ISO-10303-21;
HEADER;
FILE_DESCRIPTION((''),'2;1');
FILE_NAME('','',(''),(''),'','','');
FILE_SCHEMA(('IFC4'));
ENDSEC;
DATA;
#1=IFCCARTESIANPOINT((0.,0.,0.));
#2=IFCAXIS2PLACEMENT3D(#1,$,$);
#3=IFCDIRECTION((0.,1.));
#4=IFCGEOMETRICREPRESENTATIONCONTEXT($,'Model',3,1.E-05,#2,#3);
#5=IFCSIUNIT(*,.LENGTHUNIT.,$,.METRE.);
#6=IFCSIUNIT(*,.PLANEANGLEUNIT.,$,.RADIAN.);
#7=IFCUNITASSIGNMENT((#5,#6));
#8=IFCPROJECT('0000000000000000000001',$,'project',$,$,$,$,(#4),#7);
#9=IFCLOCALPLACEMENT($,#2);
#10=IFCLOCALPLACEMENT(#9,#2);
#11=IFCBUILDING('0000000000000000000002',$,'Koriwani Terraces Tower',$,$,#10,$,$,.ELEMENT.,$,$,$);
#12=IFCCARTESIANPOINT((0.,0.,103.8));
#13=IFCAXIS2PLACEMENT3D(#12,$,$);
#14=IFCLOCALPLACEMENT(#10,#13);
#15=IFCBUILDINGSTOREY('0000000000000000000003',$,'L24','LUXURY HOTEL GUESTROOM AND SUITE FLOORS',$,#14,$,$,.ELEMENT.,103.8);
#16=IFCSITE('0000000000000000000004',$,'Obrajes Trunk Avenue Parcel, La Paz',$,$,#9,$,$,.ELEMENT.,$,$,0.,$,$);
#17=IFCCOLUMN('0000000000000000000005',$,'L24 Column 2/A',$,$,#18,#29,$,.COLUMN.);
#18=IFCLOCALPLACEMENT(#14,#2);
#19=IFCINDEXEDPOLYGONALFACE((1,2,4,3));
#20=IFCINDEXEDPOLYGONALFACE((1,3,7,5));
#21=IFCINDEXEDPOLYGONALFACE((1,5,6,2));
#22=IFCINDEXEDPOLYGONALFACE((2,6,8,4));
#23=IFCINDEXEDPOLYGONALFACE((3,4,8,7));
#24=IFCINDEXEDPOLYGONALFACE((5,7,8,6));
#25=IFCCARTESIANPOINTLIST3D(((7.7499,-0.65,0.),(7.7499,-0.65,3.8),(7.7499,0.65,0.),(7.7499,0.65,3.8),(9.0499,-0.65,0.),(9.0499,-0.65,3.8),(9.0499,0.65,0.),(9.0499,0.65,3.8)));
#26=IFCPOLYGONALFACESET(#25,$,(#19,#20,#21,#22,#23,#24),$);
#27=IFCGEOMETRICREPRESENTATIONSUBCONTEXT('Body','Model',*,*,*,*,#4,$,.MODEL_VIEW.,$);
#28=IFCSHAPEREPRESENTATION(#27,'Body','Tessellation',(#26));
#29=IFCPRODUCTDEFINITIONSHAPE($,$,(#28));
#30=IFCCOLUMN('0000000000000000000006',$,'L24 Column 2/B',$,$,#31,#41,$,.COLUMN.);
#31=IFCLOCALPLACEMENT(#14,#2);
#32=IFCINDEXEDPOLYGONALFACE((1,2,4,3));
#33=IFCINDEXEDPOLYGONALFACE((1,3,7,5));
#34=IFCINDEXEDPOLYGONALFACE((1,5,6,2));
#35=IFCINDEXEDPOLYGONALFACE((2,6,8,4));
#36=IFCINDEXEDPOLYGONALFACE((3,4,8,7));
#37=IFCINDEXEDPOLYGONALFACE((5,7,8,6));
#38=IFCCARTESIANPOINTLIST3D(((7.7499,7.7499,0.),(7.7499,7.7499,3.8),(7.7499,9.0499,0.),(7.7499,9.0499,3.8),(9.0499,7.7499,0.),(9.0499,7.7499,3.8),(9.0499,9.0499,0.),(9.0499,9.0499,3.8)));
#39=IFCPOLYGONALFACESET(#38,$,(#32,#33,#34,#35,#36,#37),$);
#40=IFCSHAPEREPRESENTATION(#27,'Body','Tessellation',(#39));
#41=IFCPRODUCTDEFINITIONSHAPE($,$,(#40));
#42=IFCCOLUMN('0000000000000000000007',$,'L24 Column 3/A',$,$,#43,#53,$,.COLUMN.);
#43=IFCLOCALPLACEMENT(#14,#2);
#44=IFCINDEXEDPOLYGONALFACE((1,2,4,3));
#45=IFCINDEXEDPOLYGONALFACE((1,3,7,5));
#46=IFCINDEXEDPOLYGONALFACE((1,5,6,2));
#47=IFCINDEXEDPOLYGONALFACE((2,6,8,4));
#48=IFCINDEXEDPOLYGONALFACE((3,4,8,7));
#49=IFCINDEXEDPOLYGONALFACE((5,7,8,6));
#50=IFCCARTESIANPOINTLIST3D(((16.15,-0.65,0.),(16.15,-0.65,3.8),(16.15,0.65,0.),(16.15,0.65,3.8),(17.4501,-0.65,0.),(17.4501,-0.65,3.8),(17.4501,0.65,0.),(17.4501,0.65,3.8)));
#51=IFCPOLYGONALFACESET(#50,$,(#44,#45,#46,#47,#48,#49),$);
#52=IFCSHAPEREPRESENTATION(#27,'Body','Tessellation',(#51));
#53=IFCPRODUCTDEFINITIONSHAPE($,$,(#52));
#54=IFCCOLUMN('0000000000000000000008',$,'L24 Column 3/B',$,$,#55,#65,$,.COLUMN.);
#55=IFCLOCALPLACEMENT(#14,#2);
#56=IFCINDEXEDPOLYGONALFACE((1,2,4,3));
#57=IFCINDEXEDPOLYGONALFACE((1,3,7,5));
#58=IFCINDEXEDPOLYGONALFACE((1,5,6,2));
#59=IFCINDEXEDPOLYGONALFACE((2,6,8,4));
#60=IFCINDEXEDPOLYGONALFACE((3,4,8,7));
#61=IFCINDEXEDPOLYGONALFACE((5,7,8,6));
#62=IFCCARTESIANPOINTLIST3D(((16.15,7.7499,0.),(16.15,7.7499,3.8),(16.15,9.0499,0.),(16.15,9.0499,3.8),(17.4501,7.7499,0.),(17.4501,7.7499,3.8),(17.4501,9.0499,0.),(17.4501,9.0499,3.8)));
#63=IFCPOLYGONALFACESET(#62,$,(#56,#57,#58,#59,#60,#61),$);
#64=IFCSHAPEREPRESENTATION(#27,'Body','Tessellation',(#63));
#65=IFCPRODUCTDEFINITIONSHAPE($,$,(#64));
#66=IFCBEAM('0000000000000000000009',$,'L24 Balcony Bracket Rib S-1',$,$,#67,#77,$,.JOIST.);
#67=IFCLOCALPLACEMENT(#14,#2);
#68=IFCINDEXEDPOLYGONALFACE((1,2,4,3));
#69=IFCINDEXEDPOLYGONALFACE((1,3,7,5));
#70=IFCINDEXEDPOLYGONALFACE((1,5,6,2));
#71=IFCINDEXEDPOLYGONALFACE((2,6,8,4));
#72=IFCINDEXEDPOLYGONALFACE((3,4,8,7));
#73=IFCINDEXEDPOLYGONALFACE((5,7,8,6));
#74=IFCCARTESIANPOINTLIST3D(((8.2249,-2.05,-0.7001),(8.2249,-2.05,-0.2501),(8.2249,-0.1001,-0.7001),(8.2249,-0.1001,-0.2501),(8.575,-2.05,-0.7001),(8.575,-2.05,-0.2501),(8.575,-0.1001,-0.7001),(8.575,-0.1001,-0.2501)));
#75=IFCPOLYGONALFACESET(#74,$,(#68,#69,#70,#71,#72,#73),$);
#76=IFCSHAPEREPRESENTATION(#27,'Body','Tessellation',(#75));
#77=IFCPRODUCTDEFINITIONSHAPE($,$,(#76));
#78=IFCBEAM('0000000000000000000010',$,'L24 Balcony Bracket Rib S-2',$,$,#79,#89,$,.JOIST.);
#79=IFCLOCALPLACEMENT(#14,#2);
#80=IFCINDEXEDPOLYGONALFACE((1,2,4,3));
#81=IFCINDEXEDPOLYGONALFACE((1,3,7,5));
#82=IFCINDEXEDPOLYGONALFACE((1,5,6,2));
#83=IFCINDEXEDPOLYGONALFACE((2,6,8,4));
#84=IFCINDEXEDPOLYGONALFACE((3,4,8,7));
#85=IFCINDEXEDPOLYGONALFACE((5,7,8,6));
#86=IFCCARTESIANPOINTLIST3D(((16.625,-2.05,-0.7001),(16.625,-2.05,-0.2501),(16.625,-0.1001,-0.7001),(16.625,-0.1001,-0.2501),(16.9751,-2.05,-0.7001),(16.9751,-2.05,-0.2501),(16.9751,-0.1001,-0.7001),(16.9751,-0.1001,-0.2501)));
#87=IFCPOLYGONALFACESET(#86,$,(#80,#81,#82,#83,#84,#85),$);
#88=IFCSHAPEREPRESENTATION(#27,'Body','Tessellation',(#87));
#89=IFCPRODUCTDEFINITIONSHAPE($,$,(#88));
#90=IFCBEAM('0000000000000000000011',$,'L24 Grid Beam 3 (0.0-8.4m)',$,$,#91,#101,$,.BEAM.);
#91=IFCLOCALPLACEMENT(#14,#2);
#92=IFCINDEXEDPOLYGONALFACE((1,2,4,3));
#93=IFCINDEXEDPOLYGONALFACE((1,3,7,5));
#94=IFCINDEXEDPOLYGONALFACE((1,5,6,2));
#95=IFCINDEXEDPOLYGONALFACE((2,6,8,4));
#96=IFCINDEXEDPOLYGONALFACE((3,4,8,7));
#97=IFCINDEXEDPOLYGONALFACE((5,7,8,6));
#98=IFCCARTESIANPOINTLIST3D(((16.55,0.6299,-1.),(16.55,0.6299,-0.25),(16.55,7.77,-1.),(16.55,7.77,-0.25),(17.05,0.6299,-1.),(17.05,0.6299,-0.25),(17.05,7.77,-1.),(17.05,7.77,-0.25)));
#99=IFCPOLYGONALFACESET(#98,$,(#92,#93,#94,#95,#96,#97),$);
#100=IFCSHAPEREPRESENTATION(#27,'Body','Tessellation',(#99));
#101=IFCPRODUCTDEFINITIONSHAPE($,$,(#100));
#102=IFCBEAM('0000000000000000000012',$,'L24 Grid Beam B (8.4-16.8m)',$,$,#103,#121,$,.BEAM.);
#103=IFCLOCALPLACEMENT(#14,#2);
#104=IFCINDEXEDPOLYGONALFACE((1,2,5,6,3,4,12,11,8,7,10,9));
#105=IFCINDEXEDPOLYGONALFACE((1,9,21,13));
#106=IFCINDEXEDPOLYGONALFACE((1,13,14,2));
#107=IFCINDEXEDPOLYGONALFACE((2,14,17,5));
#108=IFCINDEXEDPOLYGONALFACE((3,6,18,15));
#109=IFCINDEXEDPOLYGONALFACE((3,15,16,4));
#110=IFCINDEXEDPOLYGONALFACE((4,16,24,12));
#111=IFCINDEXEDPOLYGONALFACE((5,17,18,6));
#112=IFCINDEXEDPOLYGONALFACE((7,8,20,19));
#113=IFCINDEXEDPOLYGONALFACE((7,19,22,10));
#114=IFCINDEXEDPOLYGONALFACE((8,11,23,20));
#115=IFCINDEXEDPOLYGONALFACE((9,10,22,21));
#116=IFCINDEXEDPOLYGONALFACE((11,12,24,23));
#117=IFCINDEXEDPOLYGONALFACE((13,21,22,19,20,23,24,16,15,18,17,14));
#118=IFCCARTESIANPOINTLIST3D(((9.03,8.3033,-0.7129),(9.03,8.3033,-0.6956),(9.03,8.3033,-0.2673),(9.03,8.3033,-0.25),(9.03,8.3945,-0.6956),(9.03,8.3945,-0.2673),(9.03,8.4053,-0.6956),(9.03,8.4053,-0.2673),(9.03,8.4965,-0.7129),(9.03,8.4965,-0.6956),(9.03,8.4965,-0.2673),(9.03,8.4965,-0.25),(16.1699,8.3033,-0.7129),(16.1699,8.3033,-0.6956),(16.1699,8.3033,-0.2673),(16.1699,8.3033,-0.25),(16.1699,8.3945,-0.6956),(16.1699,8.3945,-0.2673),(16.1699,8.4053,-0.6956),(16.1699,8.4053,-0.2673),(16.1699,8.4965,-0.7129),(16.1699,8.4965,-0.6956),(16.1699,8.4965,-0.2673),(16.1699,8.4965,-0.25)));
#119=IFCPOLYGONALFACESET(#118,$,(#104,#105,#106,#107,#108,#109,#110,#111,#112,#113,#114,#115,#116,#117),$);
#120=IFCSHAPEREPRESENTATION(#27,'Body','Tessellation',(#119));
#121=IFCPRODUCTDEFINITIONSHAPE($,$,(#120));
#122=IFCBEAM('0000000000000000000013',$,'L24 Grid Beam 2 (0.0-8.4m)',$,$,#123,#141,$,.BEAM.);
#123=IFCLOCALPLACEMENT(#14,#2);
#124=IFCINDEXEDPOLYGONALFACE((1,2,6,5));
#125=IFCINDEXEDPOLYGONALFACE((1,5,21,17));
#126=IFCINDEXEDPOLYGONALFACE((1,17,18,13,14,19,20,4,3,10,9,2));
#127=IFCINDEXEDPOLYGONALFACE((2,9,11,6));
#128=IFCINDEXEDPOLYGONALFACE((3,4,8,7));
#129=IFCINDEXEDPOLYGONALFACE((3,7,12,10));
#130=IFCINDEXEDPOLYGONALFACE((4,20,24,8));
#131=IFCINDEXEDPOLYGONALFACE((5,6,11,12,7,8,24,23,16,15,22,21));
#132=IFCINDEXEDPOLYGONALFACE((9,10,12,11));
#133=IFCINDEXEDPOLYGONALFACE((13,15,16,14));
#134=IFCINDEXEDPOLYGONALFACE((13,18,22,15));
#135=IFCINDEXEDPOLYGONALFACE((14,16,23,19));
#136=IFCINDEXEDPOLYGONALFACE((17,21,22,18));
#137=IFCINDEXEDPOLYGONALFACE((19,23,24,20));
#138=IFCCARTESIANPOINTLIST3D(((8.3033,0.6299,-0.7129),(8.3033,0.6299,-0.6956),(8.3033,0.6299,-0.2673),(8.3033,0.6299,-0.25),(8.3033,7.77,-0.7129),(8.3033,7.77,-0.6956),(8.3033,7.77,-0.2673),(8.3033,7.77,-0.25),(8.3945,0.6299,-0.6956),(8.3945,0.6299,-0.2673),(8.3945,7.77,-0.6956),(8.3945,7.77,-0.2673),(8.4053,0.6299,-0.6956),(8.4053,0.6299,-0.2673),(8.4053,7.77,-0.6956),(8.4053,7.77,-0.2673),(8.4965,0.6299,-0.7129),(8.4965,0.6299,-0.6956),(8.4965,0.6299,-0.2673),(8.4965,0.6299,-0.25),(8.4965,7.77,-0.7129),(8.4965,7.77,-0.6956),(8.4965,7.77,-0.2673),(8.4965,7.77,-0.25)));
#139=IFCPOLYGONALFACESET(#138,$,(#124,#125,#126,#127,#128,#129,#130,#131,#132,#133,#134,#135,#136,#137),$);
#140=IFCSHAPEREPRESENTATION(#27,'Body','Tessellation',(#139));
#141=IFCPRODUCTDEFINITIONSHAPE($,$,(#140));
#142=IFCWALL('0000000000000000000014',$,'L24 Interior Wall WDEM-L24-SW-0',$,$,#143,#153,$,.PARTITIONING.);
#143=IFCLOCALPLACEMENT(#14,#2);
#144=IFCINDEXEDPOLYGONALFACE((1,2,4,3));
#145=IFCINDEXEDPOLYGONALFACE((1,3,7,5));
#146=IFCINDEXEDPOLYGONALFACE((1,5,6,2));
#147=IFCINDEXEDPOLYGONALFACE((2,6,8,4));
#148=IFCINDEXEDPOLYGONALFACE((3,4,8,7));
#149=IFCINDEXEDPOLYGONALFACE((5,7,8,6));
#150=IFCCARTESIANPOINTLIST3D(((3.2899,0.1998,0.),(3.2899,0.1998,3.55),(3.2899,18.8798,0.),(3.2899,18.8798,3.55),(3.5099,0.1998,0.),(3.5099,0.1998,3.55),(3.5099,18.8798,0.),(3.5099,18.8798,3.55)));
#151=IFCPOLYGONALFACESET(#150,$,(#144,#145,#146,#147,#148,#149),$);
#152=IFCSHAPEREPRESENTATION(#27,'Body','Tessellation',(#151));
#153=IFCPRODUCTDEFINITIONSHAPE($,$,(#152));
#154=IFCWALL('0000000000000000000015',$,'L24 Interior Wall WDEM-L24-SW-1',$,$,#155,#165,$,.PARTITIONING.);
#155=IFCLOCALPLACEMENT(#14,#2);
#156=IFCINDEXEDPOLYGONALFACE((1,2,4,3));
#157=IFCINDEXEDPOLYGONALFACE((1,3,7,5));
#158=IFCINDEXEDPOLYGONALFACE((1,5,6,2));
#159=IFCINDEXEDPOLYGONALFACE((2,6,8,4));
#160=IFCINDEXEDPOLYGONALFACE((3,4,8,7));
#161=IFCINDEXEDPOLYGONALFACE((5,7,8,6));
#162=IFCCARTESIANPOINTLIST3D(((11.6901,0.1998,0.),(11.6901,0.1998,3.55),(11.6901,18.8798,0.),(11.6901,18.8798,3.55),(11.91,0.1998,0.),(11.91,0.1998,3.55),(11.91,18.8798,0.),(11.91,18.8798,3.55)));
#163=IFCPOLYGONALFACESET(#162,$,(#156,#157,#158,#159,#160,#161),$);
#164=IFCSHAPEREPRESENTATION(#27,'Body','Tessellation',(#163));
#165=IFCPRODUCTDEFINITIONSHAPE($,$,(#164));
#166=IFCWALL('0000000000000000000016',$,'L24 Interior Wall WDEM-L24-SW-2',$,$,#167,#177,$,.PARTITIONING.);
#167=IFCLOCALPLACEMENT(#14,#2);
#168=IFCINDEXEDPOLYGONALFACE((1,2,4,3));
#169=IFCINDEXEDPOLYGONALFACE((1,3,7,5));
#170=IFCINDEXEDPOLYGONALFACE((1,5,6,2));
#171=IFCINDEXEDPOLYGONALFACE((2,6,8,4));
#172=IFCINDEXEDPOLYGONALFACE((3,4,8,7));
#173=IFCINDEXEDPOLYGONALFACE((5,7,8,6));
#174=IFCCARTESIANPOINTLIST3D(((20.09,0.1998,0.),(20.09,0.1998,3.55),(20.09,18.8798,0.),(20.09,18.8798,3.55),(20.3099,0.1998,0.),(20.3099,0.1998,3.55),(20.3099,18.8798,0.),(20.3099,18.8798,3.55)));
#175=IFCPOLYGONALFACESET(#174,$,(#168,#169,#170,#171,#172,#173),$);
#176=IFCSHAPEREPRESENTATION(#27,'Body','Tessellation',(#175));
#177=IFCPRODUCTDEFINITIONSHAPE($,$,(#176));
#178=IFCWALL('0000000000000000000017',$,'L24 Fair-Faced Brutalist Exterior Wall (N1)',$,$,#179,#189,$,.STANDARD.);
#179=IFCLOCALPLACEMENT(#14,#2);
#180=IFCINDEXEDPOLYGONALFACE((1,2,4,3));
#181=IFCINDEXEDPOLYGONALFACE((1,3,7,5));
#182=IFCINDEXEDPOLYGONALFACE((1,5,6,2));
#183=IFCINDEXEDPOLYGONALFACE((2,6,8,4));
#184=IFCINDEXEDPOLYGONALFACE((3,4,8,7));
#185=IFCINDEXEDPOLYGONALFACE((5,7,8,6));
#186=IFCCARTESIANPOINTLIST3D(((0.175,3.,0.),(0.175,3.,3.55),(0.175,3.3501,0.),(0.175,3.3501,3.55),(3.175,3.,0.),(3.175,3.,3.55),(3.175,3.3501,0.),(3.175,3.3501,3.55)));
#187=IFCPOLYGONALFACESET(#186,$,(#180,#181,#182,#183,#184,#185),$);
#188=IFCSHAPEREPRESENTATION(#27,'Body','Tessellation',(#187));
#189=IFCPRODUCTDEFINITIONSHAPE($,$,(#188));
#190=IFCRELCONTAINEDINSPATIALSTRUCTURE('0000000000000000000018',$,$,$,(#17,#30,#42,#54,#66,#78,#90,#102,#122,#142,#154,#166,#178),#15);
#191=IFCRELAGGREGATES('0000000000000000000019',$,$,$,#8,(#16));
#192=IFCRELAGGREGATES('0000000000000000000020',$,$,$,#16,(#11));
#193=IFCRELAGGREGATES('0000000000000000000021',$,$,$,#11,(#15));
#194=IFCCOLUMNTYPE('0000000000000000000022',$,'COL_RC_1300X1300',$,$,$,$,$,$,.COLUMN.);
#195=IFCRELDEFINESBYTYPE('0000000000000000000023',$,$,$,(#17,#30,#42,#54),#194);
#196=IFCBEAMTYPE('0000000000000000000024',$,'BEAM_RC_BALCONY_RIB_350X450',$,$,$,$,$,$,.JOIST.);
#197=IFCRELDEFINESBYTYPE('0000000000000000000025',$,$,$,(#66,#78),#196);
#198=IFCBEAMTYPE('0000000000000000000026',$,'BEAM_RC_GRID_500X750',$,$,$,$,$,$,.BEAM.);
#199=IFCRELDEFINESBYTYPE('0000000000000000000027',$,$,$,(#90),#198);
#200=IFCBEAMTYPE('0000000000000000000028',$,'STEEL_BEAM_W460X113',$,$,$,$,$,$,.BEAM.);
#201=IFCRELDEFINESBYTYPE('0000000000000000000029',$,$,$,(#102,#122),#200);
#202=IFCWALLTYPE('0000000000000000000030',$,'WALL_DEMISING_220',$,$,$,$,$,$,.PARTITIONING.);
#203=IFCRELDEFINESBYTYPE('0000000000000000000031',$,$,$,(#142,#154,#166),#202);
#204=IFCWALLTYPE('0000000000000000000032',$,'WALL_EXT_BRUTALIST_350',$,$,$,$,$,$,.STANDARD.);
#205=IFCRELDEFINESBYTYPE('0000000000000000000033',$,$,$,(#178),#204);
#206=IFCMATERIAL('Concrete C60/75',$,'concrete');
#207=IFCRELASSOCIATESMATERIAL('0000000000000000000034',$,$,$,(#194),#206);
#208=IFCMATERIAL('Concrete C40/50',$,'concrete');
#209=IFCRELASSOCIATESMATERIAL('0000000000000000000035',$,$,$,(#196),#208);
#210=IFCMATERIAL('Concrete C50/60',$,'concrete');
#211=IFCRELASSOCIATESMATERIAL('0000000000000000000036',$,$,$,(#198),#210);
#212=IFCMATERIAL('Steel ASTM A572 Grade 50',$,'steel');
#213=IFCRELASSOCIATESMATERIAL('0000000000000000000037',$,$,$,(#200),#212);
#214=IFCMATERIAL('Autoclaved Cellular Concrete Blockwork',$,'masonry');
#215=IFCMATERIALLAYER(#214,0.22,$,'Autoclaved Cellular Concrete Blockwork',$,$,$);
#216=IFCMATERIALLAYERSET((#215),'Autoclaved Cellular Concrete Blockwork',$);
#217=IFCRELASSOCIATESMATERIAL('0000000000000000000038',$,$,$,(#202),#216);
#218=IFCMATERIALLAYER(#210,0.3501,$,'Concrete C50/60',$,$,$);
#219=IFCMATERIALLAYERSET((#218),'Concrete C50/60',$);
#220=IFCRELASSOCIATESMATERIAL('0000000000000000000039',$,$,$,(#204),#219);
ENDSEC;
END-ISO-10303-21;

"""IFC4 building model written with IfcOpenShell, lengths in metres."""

from ifc_helpers import new_model, si_unit, direction, frame, frame_2d, origin, origin_2d, place, context, subcontext, project, spatial, rectangle, i_section, extrude, material, layer, layer_set, material_profile, profile_set, type_object, element, save


model = new_model("IFC4")

# Units and contexts
model_context = context("Model", 3, precision=1e-05, world=origin(), true_north=direction((0.0, 1.0)))
body_context = subcontext(model_context, "Body", "Model", "MODEL_VIEW")
ifc_project = project(units=[si_unit("LENGTHUNIT", "METRE"), si_unit("PLANEANGLEUNIT", "RADIAN")], contexts=[model_context])

# Site, building, storey
site_placement = place(None, origin())
site = spatial("IfcSite", under=ifc_project, at=site_placement, Name="Obrajes Trunk Avenue Parcel, La Paz", CompositionType="ELEMENT", RefElevation=0.0)
building_placement = place(site_placement, origin())
building = spatial("IfcBuilding", under=site, at=building_placement, Name="Koriwani Terraces Tower", CompositionType="ELEMENT")
storey_placement = place(building_placement, frame((0.0, 0.0, 103.8)))
storey = spatial("IfcBuildingStorey", under=building, at=storey_placement, Name="L24", Description="LUXURY HOTEL GUESTROOM AND SUITE FLOORS", CompositionType="ELEMENT", Elevation=103.8)

# Columns
ifc_material_1 = material(Name="Concrete C60/75", Category="concrete")
ifc_material_profile_1 = material_profile(ifc_material_1, rectangle(XDim=1.3, YDim=1.3, at=origin_2d()), Name="Concrete C60/75", Category="LoadBearing")
ifc_profile_set_1 = profile_set([ifc_material_profile_1], Name="Concrete C60/75")
column_type = type_object("IfcColumnType", Name="COL_RC_1300X1300", PredefinedType="COLUMN", material=ifc_profile_set_1)
for number, where, z_axis, x_axis, name in (
    (1, (8.3999, 0.0, 0.0), (0.0, 0.0, 1.0), (1.0, 0.0, 0.0), "L24 Column 2/A"),
    (2, (8.3999, 8.3999, 0.0), (0.0, 0.0, 1.0), (1.0, 0.0, 0.0), "L24 Column 2/B"),
    (3, (16.8, 0.0, 0.0), (0.0, 0.0, 1.0), (1.0, 0.0, 0.0), "L24 Column 3/A"),
    (4, (16.8, 8.3999, 0.0), (0.0, 0.0, 1.0), (1.0, 0.0, 0.0), "L24 Column 3/B"),
):
    element("IfcColumn", number, at=place(storey_placement, frame(where, z_axis=z_axis, x_axis=x_axis)), inside=storey, type_object=column_type, Name=name, PredefinedType="COLUMN", context=body_context, shape_type="SweptSolid", body=[
        extrude(rectangle(XDim=1.3, YDim=1.3, at=origin_2d()), origin(), (0.0, 0.0, 1.0), 3.8),
    ])

# Beams
ifc_material_2 = material(Name="Concrete C40/50", Category="concrete")
ifc_material_profile_2 = material_profile(ifc_material_2, rectangle(XDim=0.3501, YDim=0.45, at=origin_2d()), Name="Concrete C40/50", Category="LoadBearing")
ifc_profile_set_2 = profile_set([ifc_material_profile_2], Name="Concrete C40/50")
beam_type_1 = type_object("IfcBeamType", Name="BEAM_RC_BALCONY_RIB_350X450", PredefinedType="JOIST", material=ifc_profile_set_2)
for number, where, z_axis, x_axis, name in (
    (5, (8.3999, -2.05, -0.4751), (0.0, 1.0, 0.0), (-1.0, 0.0, 0.0), "L24 Balcony Bracket Rib S-1"),
    (6, (16.8, -2.05, -0.4751), (0.0, 1.0, 0.0), (-1.0, 0.0, 0.0), "L24 Balcony Bracket Rib S-2"),
):
    element("IfcBeam", number, at=place(storey_placement, frame(where, z_axis=z_axis, x_axis=x_axis)), inside=storey, type_object=beam_type_1, Name=name, PredefinedType="JOIST", context=body_context, shape_type="SweptSolid", body=[
        extrude(rectangle(XDim=0.3501, YDim=0.45, at=origin_2d()), origin(), (0.0, 0.0, 1.0), 1.95),
    ])
ifc_material_3 = material(Name="Concrete C50/60", Category="concrete")
ifc_material_profile_3 = material_profile(ifc_material_3, rectangle(XDim=0.5, YDim=0.75, at=origin_2d()), Name="Concrete C50/60", Category="LoadBearing")
ifc_profile_set_3 = profile_set([ifc_material_profile_3], Name="Concrete C50/60")
beam_type_2 = type_object("IfcBeamType", Name="BEAM_RC_GRID_500X750", PredefinedType="BEAM", material=ifc_profile_set_3)
beam_1_placement = place(storey_placement, frame((16.8, 0.6299, -0.625), z_axis=(0.0, 1.0, 0.0), x_axis=(-1.0, 0.0, 0.0)))
element("IfcBeam", 7, at=beam_1_placement, inside=storey, type_object=beam_type_2, Name="L24 Grid Beam 3 (0.0-8.4m)", PredefinedType="BEAM", context=body_context, shape_type="SweptSolid", body=[
    extrude(rectangle(XDim=0.5, YDim=0.75, at=origin_2d()), origin(), (0.0, 0.0, 1.0), 7.1401),
])
ifc_material_4 = material(Name="Steel ASTM A572 Grade 50", Category="steel")
ifc_material_profile_4 = material_profile(ifc_material_4, i_section(OverallWidth=0.1931, OverallDepth=0.4629, WebThickness=0.0107, FlangeThickness=0.0173, at=origin_2d()), Name="Steel ASTM A572 Grade 50", Category="LoadBearing")
ifc_profile_set_4 = profile_set([ifc_material_profile_4], Name="Steel ASTM A572 Grade 50")
beam_type_3 = type_object("IfcBeamType", Name="STEEL_BEAM_W460X113", PredefinedType="BEAM", material=ifc_profile_set_4)
beam_2_placement = place(storey_placement, frame((9.03, 8.3999, -0.4814), z_axis=(1.0, 0.0, 0.0), x_axis=(0.0, 1.0, 0.0)))
element("IfcBeam", 8, at=beam_2_placement, inside=storey, type_object=beam_type_3, Name="L24 Grid Beam B (8.4-16.8m)", PredefinedType="BEAM", context=body_context, shape_type="SweptSolid", body=[
    extrude(i_section(OverallWidth=0.1931, OverallDepth=0.4629, WebThickness=0.0107, FlangeThickness=0.0173, at=origin_2d()), origin(), (0.0, 0.0, 1.0), 7.1399),
])
beam_3_placement = place(storey_placement, frame((8.3999, 0.6299, -0.4814), z_axis=(0.0, 1.0, 0.0), x_axis=(-1.0, 0.0, 0.0)))
element("IfcBeam", 9, at=beam_3_placement, inside=storey, type_object=beam_type_3, Name="L24 Grid Beam 2 (0.0-8.4m)", PredefinedType="BEAM", context=body_context, shape_type="SweptSolid", body=[
    extrude(i_section(OverallWidth=0.1931, OverallDepth=0.4629, WebThickness=0.0107, FlangeThickness=0.0173, at=origin_2d()), origin(), (0.0, 0.0, 1.0), 7.1401),
])

# Walls
ifc_material_5 = material(Name="Autoclaved Cellular Concrete Blockwork", Category="masonry")
ifc_layer_1 = layer(ifc_material_5, 0.22, Name="Autoclaved Cellular Concrete Blockwork")
ifc_layer_set_1 = layer_set([ifc_layer_1], Name="Autoclaved Cellular Concrete Blockwork")
wall_type_1 = type_object("IfcWallType", Name="WALL_DEMISING_220", PredefinedType="PARTITIONING", material=ifc_layer_set_1)
for number, where, z_axis, x_axis, name in (
    (10, (3.3999, 0.2, 0.0), (0.0, 0.0, 1.0), (0.0, 1.0, 0.0), "L24 Interior Wall WDEM-L24-SW-0"),
    (11, (11.8, 0.2, 0.0), (0.0, 0.0, 1.0), (0.0, 1.0, 0.0), "L24 Interior Wall WDEM-L24-SW-1"),
    (12, (20.2, 0.2, 0.0), (0.0, 0.0, 1.0), (0.0, 1.0, 0.0), "L24 Interior Wall WDEM-L24-SW-2"),
):
    element("IfcWall", number, at=place(storey_placement, frame(where, z_axis=z_axis, x_axis=x_axis)), inside=storey, type_object=wall_type_1, Name=name, PredefinedType="PARTITIONING", context=body_context, shape_type="SweptSolid", body=[
        extrude(rectangle(XDim=18.6799, YDim=0.22, at=frame_2d((9.3398, 0.0))), origin(), (0.0, 0.0, 1.0), 3.55),
    ])
ifc_layer_2 = layer(ifc_material_3, 0.3501, Name="Concrete C50/60")
ifc_layer_set_2 = layer_set([ifc_layer_2], Name="Concrete C50/60")
wall_type_2 = type_object("IfcWallType", Name="WALL_EXT_BRUTALIST_350", PredefinedType="STANDARD", material=ifc_layer_set_2)
wall_placement = place(storey_placement, frame((3.175, 3.175, 0.0), z_axis=(0.0, 0.0, 1.0), x_axis=(-1.0, 0.0, 0.0)))
element("IfcWall", 13, at=wall_placement, inside=storey, type_object=wall_type_2, Name="L24 Fair-Faced Brutalist Exterior Wall (N1)", PredefinedType="STANDARD", context=body_context, shape_type="SweptSolid", body=[
    extrude(rectangle(XDim=3.0, YDim=0.3501, at=frame_2d((1.5, 0.0))), origin(), (0.0, 0.0, 1.0), 3.55),
])

save(model, "model.ifc")
